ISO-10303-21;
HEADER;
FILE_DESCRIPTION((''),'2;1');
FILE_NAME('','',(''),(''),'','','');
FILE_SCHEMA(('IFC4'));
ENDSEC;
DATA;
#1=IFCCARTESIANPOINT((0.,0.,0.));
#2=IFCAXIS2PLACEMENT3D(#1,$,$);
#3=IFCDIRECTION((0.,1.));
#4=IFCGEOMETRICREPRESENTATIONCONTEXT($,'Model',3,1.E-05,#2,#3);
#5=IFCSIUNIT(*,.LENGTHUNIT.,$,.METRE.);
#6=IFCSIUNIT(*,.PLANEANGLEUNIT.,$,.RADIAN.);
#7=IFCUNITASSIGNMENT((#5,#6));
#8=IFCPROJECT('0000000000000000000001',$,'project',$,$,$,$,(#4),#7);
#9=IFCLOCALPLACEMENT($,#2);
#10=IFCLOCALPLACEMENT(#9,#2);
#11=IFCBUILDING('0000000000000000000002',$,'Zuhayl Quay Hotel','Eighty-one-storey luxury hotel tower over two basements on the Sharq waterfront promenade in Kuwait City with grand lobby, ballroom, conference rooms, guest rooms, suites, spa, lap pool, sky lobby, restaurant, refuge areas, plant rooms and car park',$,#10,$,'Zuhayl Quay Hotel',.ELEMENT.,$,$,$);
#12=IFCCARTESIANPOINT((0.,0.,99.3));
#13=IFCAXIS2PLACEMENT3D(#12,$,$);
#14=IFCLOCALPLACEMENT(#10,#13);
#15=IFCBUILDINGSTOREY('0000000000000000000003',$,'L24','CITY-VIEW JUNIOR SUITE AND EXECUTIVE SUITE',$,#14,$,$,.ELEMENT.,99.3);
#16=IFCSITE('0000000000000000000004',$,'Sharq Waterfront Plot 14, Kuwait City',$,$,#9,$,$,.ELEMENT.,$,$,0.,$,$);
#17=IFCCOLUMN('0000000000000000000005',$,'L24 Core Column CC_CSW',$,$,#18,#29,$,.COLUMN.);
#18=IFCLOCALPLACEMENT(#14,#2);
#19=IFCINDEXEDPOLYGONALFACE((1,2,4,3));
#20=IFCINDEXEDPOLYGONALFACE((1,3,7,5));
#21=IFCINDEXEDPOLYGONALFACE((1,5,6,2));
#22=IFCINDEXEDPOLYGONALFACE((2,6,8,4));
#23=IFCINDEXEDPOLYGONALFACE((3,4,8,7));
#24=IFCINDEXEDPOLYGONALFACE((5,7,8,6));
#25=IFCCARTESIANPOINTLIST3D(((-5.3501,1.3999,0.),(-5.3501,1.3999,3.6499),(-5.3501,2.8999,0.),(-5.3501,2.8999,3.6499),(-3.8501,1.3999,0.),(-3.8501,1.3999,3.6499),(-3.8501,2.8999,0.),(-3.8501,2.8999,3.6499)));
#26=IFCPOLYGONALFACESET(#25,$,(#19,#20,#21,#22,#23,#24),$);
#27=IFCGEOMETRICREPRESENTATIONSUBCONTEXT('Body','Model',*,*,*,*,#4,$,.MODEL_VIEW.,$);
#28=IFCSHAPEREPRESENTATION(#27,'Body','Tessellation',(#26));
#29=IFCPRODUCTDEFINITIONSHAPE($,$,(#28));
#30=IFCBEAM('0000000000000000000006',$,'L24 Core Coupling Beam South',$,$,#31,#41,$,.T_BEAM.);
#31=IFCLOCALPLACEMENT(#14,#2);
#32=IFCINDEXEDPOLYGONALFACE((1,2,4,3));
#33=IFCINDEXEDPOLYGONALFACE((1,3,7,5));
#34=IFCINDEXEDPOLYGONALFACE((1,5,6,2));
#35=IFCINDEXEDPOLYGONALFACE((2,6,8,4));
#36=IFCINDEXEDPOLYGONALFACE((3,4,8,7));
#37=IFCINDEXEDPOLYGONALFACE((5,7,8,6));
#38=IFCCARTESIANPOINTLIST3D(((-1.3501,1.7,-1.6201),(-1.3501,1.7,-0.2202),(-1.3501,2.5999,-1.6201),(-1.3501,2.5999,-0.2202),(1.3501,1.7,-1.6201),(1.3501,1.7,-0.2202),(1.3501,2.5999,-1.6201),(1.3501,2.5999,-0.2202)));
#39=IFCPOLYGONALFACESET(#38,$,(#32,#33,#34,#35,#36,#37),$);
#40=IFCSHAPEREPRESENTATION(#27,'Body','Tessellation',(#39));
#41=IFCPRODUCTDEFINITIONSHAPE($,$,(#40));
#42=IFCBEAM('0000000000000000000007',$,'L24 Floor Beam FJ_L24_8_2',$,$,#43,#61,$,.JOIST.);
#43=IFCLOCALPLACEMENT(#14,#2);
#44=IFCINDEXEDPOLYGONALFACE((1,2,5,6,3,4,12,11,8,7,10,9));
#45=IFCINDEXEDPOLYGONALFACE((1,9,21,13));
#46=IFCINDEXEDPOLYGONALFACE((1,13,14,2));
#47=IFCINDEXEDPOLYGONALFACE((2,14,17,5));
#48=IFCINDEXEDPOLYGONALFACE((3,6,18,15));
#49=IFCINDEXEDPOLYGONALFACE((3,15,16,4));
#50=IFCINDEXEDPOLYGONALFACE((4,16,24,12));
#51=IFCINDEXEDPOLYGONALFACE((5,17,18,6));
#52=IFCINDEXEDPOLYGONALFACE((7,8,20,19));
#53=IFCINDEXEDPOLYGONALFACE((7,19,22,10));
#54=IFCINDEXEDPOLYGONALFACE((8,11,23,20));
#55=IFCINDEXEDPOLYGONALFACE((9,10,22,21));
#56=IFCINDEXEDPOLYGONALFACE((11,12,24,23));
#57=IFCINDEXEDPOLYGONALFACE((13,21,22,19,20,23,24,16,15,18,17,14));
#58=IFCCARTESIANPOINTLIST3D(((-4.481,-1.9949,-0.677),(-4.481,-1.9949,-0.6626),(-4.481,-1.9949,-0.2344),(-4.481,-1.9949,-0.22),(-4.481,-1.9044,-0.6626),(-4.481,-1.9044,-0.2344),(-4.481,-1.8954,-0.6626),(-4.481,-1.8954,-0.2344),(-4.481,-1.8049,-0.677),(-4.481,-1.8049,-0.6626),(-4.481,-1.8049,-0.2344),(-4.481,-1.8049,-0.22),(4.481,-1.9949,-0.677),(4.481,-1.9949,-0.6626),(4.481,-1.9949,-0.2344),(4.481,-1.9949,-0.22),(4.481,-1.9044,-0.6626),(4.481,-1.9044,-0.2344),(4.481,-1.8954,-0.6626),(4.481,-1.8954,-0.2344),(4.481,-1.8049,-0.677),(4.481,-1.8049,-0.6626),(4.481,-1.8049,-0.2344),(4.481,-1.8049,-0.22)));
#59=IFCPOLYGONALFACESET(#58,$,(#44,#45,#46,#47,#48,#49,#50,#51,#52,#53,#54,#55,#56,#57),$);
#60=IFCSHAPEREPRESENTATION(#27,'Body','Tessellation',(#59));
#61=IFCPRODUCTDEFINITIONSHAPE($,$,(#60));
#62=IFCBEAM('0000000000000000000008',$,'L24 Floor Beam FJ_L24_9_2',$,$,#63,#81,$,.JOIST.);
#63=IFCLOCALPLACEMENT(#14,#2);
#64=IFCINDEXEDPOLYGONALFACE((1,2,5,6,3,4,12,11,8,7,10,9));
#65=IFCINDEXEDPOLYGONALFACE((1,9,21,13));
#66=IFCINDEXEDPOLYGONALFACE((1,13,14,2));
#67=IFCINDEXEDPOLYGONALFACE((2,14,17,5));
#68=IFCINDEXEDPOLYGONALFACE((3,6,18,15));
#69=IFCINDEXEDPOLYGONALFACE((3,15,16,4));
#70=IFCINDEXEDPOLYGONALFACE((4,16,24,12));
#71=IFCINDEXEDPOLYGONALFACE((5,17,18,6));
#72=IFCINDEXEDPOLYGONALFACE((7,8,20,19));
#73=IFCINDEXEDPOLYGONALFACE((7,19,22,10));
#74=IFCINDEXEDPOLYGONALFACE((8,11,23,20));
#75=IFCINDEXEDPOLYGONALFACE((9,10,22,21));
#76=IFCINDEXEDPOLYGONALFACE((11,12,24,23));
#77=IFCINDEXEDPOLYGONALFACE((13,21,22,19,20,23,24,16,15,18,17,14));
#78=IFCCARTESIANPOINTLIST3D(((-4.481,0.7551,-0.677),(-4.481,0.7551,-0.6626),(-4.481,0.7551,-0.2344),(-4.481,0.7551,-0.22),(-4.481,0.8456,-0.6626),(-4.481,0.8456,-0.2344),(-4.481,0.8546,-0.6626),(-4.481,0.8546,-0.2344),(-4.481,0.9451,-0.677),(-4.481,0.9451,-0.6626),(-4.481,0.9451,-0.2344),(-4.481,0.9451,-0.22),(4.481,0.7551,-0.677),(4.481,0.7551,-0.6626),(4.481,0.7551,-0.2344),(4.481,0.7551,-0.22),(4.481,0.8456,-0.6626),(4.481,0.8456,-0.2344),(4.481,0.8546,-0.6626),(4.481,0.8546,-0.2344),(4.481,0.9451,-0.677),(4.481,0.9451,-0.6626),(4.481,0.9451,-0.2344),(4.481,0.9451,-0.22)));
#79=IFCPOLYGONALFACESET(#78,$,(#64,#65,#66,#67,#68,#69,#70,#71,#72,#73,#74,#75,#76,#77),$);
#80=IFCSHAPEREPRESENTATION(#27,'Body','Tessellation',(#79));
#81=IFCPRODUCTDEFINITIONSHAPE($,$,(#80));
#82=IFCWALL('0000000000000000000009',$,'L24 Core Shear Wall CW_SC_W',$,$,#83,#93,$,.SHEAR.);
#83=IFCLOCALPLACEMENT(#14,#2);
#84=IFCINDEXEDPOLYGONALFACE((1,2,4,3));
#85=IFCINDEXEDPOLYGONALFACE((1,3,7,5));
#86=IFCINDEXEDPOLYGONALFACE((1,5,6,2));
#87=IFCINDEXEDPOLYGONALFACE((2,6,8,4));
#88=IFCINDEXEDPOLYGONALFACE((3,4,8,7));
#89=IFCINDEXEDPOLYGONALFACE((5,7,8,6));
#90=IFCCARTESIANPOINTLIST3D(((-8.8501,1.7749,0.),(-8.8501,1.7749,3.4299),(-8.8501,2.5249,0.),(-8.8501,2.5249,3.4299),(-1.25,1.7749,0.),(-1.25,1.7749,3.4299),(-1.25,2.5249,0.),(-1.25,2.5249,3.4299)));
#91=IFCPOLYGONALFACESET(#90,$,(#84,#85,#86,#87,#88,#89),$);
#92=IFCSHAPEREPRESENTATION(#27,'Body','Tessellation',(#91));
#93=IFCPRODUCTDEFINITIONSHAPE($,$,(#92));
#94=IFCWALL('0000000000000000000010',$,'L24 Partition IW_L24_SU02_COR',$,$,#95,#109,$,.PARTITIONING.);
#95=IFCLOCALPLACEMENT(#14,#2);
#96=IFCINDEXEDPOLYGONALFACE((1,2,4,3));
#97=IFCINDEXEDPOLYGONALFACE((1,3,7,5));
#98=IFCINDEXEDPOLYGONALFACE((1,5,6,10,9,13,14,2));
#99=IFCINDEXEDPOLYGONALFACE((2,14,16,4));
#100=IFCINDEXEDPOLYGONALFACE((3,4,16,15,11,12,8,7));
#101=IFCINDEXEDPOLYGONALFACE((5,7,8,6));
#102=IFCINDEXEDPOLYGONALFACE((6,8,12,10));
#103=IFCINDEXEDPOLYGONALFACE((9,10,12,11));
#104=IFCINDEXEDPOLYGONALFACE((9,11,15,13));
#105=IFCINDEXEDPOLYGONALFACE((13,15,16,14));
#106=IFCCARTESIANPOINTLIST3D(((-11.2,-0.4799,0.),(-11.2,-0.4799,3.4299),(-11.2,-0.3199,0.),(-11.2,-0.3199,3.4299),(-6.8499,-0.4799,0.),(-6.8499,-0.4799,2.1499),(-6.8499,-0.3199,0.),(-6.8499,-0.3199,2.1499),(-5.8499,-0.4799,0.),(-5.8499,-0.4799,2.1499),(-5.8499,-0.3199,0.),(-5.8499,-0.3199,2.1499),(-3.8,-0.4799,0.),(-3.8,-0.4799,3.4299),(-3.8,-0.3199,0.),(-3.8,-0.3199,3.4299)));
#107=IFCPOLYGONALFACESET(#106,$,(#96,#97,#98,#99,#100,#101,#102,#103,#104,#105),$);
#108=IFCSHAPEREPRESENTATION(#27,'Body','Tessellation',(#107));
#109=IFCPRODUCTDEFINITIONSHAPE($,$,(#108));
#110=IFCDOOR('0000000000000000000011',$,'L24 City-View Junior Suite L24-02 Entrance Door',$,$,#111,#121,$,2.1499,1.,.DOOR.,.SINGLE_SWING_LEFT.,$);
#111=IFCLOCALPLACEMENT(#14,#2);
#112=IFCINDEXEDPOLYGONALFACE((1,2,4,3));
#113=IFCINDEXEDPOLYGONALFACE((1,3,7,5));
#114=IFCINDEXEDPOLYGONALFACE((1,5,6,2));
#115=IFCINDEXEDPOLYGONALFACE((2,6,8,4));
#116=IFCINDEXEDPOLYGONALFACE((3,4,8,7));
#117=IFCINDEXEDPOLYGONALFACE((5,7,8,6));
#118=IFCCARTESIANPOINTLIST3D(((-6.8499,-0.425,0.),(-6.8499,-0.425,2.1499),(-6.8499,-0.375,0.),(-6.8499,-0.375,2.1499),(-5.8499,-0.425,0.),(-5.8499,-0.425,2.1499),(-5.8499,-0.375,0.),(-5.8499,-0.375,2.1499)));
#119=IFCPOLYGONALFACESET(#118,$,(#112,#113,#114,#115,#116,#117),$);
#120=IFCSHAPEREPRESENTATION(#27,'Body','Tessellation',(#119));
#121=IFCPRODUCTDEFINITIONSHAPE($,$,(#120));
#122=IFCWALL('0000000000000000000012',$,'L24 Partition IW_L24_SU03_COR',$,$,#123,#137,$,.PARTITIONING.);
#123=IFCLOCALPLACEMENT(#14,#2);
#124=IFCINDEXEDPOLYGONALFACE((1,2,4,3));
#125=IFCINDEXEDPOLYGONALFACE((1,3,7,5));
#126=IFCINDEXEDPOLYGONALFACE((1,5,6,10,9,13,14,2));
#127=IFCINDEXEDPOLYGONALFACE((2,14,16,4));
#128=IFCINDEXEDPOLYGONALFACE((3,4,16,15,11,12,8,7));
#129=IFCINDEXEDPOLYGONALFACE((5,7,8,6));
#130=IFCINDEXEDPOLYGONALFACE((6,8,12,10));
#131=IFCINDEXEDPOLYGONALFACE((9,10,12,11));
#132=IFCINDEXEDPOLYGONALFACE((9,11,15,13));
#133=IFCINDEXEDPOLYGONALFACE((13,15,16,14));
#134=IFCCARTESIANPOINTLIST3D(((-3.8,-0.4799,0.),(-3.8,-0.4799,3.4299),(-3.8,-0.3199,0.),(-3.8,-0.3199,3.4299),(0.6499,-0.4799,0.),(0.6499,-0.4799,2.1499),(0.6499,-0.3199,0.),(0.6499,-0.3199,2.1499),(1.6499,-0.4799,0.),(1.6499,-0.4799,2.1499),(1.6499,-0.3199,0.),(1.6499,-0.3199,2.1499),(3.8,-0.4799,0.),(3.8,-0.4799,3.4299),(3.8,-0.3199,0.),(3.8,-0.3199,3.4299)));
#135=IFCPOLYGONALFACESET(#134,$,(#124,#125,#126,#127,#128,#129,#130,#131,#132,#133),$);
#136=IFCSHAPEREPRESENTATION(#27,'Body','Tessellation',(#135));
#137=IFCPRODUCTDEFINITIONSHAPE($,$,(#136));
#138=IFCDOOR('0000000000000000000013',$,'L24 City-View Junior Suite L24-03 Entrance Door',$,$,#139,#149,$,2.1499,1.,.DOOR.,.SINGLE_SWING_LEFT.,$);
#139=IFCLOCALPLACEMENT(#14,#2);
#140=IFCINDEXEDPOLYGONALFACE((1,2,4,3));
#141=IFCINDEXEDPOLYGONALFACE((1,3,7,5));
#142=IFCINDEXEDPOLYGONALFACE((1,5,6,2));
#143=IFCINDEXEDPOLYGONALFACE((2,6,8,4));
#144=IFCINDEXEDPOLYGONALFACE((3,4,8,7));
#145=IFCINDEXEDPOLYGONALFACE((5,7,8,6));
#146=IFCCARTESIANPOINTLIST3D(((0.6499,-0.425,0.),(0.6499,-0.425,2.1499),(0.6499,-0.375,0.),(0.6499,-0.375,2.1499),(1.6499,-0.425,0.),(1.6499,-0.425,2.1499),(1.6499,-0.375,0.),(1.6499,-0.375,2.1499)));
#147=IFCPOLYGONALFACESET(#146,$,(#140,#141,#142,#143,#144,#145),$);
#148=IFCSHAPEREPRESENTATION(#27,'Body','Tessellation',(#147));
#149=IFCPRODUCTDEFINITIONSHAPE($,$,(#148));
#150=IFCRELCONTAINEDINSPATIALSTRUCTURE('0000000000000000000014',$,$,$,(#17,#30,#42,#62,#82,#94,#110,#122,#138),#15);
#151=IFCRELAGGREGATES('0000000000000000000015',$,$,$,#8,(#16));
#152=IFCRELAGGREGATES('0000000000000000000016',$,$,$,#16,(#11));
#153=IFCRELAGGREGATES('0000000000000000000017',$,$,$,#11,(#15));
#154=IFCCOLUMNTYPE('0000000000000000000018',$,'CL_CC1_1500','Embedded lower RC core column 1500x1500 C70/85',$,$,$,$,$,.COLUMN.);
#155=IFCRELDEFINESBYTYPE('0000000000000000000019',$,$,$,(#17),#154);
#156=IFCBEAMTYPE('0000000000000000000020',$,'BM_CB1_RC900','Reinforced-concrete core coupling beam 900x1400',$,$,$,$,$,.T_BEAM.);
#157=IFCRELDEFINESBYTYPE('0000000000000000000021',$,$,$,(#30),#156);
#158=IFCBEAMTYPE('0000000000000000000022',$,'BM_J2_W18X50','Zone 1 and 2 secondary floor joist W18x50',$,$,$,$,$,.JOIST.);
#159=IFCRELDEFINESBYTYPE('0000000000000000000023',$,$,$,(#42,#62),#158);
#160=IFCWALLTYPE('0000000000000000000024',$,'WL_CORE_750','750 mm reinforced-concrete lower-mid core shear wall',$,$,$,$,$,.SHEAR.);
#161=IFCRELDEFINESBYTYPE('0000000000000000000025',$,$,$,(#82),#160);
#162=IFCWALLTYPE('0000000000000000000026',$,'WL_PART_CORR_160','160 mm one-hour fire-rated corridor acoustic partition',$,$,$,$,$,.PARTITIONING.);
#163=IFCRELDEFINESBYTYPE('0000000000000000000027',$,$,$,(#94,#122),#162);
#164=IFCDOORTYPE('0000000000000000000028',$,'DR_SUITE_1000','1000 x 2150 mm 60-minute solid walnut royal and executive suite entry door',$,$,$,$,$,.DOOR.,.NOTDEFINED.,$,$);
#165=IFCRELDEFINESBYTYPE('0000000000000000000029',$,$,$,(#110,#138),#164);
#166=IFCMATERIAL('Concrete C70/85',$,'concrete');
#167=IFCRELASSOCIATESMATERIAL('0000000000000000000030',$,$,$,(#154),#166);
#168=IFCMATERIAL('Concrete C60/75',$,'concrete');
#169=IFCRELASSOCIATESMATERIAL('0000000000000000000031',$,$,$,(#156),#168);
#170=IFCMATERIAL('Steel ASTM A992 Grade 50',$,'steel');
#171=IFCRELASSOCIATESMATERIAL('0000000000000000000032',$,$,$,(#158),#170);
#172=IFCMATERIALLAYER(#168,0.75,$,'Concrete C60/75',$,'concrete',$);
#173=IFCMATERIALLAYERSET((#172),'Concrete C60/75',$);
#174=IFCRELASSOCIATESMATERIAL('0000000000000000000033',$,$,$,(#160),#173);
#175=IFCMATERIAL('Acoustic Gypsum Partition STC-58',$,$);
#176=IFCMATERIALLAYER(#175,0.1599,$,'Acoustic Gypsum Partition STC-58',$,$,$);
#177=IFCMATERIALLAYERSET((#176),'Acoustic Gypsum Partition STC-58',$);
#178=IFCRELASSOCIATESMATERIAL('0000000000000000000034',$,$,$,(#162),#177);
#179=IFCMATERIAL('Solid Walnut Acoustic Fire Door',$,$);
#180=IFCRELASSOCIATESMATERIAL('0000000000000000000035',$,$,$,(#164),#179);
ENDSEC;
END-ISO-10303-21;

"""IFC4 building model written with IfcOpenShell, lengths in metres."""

from ifc_helpers import new_model, si_unit, direction, frame, frame_2d, origin, origin_2d, place, context, subcontext, project, spatial, rectangle, i_section, extrude, material, layer, layer_set, material_profile, profile_set, type_object, element, fill, save


model = new_model("IFC4")

# Units and contexts
model_context = context("Model", 3, precision=1e-05, world=origin(), true_north=direction((0.0, 1.0)))
body_context = subcontext(model_context, "Body", "Model", "MODEL_VIEW")
ifc_project = project(units=[si_unit("LENGTHUNIT", "METRE"), si_unit("PLANEANGLEUNIT", "RADIAN")], contexts=[model_context])

# Site, building, storey
site_placement = place(None, origin())
site = spatial("IfcSite", under=ifc_project, at=site_placement, Name="Sharq Waterfront Plot 14, Kuwait City", CompositionType="ELEMENT", RefElevation=0.0)
building_placement = place(site_placement, origin())
building = spatial("IfcBuilding", under=site, at=building_placement, Name="Zuhayl Quay Hotel", Description="Eighty-one-storey luxury hotel tower over two basements on the Sharq waterfront promenade in Kuwait City with grand lobby, ballroom, conference rooms, guest rooms, suites, spa, lap pool, sky lobby, restaurant, refuge areas, plant rooms and car park", LongName="Zuhayl Quay Hotel", CompositionType="ELEMENT")
storey_placement = place(building_placement, frame((0.0, 0.0, 99.3)))
storey = spatial("IfcBuildingStorey", under=building, at=storey_placement, Name="L24", Description="CITY-VIEW JUNIOR SUITE AND EXECUTIVE SUITE", CompositionType="ELEMENT", Elevation=99.3)

# Column
ifc_material_1 = material(Name="Concrete C70/85", Category="concrete")
ifc_material_profile_1 = material_profile(ifc_material_1, rectangle(XDim=1.5, YDim=1.5, at=origin_2d()), Name="RC1500X1500")
ifc_profile_set_1 = profile_set([ifc_material_profile_1], Name="Concrete C70/85")
column_type = type_object("IfcColumnType", Name="CL_CC1_1500", Description="Embedded lower RC core column 1500x1500 C70/85", PredefinedType="COLUMN", material=ifc_profile_set_1)
column_placement = place(storey_placement, frame((-4.6001, 2.1499, 0.0), z_axis=(0.0, 0.0, 1.0), x_axis=(1.0, 0.0, 0.0)))
element("IfcColumn", 1, at=column_placement, inside=storey, type_object=column_type, Name="L24 Core Column CC_CSW", PredefinedType="COLUMN", context=body_context, shape_type="SweptSolid", body=[
    extrude(rectangle(XDim=1.5, YDim=1.5, at=origin_2d()), origin(), (0.0, 0.0, 1.0), 3.6499),
])

# Beams
ifc_material_2 = material(Name="Concrete C60/75", Category="concrete")
ifc_material_profile_2 = material_profile(ifc_material_2, rectangle(XDim=0.8999, YDim=1.3999, at=origin_2d()), Name="RC900X1400")
ifc_profile_set_2 = profile_set([ifc_material_profile_2], Name="Concrete C60/75")
beam_type_1 = type_object("IfcBeamType", Name="BM_CB1_RC900", Description="Reinforced-concrete core coupling beam 900x1400", PredefinedType="T_BEAM", material=ifc_profile_set_2)
beam_placement = place(storey_placement, frame((-1.3501, 2.1499, -0.9202), z_axis=(1.0, 0.0, 0.0), x_axis=(0.0, 1.0, 0.0)))
element("IfcBeam", 2, at=beam_placement, inside=storey, type_object=beam_type_1, Name="L24 Core Coupling Beam South", PredefinedType="T_BEAM", context=body_context, shape_type="SweptSolid", body=[
    extrude(rectangle(XDim=0.8999, YDim=1.3999, at=origin_2d()), origin(), (0.0, 0.0, 1.0), 2.7002),
])
ifc_material_3 = material(Name="Steel ASTM A992 Grade 50", Category="steel")
ifc_material_profile_3 = material_profile(ifc_material_3, i_section(OverallWidth=0.1899, OverallDepth=0.457, WebThickness=0.009, FlangeThickness=0.0144, at=origin_2d()), Name="W18X50")
ifc_profile_set_3 = profile_set([ifc_material_profile_3], Name="Steel ASTM A992 Grade 50")
beam_type_2 = type_object("IfcBeamType", Name="BM_J2_W18X50", Description="Zone 1 and 2 secondary floor joist W18x50", PredefinedType="JOIST", material=ifc_profile_set_3)
for number, where, z_axis, x_axis, name in (
    (3, (-4.481, -1.8999, -0.4485), (1.0, 0.0, 0.0), (0.0, 1.0, 0.0), "L24 Floor Beam FJ_L24_8_2"),
    (4, (-4.481, 0.8501, -0.4485), (1.0, 0.0, 0.0), (0.0, 1.0, 0.0), "L24 Floor Beam FJ_L24_9_2"),
):
    element("IfcBeam", number, at=place(storey_placement, frame(where, z_axis=z_axis, x_axis=x_axis)), inside=storey, type_object=beam_type_2, Name=name, PredefinedType="JOIST", context=body_context, shape_type="SweptSolid", body=[
        extrude(i_section(OverallWidth=0.1899, OverallDepth=0.457, WebThickness=0.009, FlangeThickness=0.0144, at=origin_2d()), origin(), (0.0, 0.0, 1.0), 8.9619),
    ])

# Wall
ifc_layer_1 = layer(ifc_material_2, 0.75, Name="Concrete C60/75", Category="concrete")
ifc_layer_set_1 = layer_set([ifc_layer_1], Name="Concrete C60/75")
wall_type_1 = type_object("IfcWallType", Name="WL_CORE_750", Description="750 mm reinforced-concrete lower-mid core shear wall", PredefinedType="SHEAR", material=ifc_layer_set_1)
wall_1_placement = place(storey_placement, frame((-8.8501, 2.1499, 0.0), z_axis=(0.0, 0.0, 1.0), x_axis=(1.0, 0.0, 0.0)))
element("IfcWall", 5, at=wall_1_placement, inside=storey, type_object=wall_type_1, Name="L24 Core Shear Wall CW_SC_W", PredefinedType="SHEAR", context=body_context, shape_type="SweptSolid", body=[
    extrude(rectangle(XDim=7.6001, YDim=0.75, at=frame_2d((3.8, 0.0))), origin(), (0.0, 0.0, 1.0), 3.4299),
])

# Walls, openings, doors
ifc_material_4 = material(Name="Acoustic Gypsum Partition STC-58")
ifc_layer_2 = layer(ifc_material_4, 0.1599, Name="Acoustic Gypsum Partition STC-58")
ifc_layer_set_2 = layer_set([ifc_layer_2], Name="Acoustic Gypsum Partition STC-58")
wall_type_2 = type_object("IfcWallType", Name="WL_PART_CORR_160", Description="160 mm one-hour fire-rated corridor acoustic partition", PredefinedType="PARTITIONING", material=ifc_layer_set_2)
wall_2_placement = place(storey_placement, frame((-11.2, -0.3999, 0.0), z_axis=(0.0, 0.0, 1.0), x_axis=(1.0, 0.0, 0.0)))
wall_2 = element("IfcWall", 6, at=wall_2_placement, inside=storey, type_object=wall_type_2, Name="L24 Partition IW_L24_SU02_COR", PredefinedType="PARTITIONING", context=body_context, shape_type="SweptSolid", body=[
    extrude(rectangle(XDim=7.3999, YDim=0.1599, at=frame_2d((3.7, 0.0))), origin(), (0.0, 0.0, 1.0), 3.4299),
])
opening_1_placement = place(wall_2_placement, frame((4.3501, 0.0, 0.0)))
opening_1 = element("IfcOpeningElement", 7, at=opening_1_placement, cuts=wall_2, PredefinedType="OPENING", context=body_context, shape_type="SweptSolid", body=[
    extrude(rectangle(XDim=1.0, YDim=2.1499, at=frame_2d((0.5, 1.075))), frame((0.0, 0.0898, 0.0), z_axis=(0.0, -1.0, 0.0), x_axis=(1.0, 0.0, 0.0)), (0.0, 0.0, 1.0), 0.1799),
])
ifc_material_5 = material(Name="Solid Walnut Acoustic Fire Door")
door_type_1 = type_object("IfcDoorType", Name="DR_SUITE_1000", Description="1000 x 2150 mm 60-minute solid walnut royal and executive suite entry door", OperationType="NOTDEFINED", PredefinedType="DOOR", material=ifc_material_5)
door_1_placement = place(opening_1_placement, origin())
door_1 = element("IfcDoor", 8, at=door_1_placement, inside=storey, type_object=door_type_1, Name="L24 City-View Junior Suite L24-02 Entrance Door", OperationType="SINGLE_SWING_LEFT", OverallHeight=2.1499, OverallWidth=1.0, PredefinedType="DOOR", context=body_context, shape_type="SweptSolid", body=[
    extrude(rectangle(XDim=1.0, YDim=2.1499, at=frame_2d((0.5, 1.075))), frame((0.0, 0.0249, 0.0), z_axis=(0.0, -1.0, 0.0), x_axis=(1.0, 0.0, 0.0)), (0.0, 0.0, 1.0), 0.05),
])
fill(opening_1, door_1)
wall_3_placement = place(storey_placement, frame((-3.8, -0.3999, 0.0), z_axis=(0.0, 0.0, 1.0), x_axis=(1.0, 0.0, 0.0)))
wall_3 = element("IfcWall", 9, at=wall_3_placement, inside=storey, type_object=wall_type_2, Name="L24 Partition IW_L24_SU03_COR", PredefinedType="PARTITIONING", context=body_context, shape_type="SweptSolid", body=[
    extrude(rectangle(XDim=7.6001, YDim=0.1599, at=frame_2d((3.8, 0.0))), origin(), (0.0, 0.0, 1.0), 3.4299),
])
opening_2_placement = place(wall_3_placement, frame((4.45, 0.0, 0.0)))
opening_2 = element("IfcOpeningElement", 10, at=opening_2_placement, cuts=wall_3, PredefinedType="OPENING", context=body_context, shape_type="SweptSolid", body=[
    extrude(rectangle(XDim=1.0, YDim=2.1499, at=frame_2d((0.5, 1.075))), frame((0.0, 0.0898, 0.0), z_axis=(0.0, -1.0, 0.0), x_axis=(1.0, 0.0, 0.0)), (0.0, 0.0, 1.0), 0.1799),
])
door_2_placement = place(opening_2_placement, origin())
door_2 = element("IfcDoor", 11, at=door_2_placement, inside=storey, type_object=door_type_1, Name="L24 City-View Junior Suite L24-03 Entrance Door", OperationType="SINGLE_SWING_LEFT", OverallHeight=2.1499, OverallWidth=1.0, PredefinedType="DOOR", context=body_context, shape_type="SweptSolid", body=[
    extrude(rectangle(XDim=1.0, YDim=2.1499, at=frame_2d((0.5, 1.075))), frame((0.0, 0.0249, 0.0), z_axis=(0.0, -1.0, 0.0), x_axis=(1.0, 0.0, 0.0)), (0.0, 0.0, 1.0), 0.05),
])
fill(opening_2, door_2)

save(model, "model.ifc")
